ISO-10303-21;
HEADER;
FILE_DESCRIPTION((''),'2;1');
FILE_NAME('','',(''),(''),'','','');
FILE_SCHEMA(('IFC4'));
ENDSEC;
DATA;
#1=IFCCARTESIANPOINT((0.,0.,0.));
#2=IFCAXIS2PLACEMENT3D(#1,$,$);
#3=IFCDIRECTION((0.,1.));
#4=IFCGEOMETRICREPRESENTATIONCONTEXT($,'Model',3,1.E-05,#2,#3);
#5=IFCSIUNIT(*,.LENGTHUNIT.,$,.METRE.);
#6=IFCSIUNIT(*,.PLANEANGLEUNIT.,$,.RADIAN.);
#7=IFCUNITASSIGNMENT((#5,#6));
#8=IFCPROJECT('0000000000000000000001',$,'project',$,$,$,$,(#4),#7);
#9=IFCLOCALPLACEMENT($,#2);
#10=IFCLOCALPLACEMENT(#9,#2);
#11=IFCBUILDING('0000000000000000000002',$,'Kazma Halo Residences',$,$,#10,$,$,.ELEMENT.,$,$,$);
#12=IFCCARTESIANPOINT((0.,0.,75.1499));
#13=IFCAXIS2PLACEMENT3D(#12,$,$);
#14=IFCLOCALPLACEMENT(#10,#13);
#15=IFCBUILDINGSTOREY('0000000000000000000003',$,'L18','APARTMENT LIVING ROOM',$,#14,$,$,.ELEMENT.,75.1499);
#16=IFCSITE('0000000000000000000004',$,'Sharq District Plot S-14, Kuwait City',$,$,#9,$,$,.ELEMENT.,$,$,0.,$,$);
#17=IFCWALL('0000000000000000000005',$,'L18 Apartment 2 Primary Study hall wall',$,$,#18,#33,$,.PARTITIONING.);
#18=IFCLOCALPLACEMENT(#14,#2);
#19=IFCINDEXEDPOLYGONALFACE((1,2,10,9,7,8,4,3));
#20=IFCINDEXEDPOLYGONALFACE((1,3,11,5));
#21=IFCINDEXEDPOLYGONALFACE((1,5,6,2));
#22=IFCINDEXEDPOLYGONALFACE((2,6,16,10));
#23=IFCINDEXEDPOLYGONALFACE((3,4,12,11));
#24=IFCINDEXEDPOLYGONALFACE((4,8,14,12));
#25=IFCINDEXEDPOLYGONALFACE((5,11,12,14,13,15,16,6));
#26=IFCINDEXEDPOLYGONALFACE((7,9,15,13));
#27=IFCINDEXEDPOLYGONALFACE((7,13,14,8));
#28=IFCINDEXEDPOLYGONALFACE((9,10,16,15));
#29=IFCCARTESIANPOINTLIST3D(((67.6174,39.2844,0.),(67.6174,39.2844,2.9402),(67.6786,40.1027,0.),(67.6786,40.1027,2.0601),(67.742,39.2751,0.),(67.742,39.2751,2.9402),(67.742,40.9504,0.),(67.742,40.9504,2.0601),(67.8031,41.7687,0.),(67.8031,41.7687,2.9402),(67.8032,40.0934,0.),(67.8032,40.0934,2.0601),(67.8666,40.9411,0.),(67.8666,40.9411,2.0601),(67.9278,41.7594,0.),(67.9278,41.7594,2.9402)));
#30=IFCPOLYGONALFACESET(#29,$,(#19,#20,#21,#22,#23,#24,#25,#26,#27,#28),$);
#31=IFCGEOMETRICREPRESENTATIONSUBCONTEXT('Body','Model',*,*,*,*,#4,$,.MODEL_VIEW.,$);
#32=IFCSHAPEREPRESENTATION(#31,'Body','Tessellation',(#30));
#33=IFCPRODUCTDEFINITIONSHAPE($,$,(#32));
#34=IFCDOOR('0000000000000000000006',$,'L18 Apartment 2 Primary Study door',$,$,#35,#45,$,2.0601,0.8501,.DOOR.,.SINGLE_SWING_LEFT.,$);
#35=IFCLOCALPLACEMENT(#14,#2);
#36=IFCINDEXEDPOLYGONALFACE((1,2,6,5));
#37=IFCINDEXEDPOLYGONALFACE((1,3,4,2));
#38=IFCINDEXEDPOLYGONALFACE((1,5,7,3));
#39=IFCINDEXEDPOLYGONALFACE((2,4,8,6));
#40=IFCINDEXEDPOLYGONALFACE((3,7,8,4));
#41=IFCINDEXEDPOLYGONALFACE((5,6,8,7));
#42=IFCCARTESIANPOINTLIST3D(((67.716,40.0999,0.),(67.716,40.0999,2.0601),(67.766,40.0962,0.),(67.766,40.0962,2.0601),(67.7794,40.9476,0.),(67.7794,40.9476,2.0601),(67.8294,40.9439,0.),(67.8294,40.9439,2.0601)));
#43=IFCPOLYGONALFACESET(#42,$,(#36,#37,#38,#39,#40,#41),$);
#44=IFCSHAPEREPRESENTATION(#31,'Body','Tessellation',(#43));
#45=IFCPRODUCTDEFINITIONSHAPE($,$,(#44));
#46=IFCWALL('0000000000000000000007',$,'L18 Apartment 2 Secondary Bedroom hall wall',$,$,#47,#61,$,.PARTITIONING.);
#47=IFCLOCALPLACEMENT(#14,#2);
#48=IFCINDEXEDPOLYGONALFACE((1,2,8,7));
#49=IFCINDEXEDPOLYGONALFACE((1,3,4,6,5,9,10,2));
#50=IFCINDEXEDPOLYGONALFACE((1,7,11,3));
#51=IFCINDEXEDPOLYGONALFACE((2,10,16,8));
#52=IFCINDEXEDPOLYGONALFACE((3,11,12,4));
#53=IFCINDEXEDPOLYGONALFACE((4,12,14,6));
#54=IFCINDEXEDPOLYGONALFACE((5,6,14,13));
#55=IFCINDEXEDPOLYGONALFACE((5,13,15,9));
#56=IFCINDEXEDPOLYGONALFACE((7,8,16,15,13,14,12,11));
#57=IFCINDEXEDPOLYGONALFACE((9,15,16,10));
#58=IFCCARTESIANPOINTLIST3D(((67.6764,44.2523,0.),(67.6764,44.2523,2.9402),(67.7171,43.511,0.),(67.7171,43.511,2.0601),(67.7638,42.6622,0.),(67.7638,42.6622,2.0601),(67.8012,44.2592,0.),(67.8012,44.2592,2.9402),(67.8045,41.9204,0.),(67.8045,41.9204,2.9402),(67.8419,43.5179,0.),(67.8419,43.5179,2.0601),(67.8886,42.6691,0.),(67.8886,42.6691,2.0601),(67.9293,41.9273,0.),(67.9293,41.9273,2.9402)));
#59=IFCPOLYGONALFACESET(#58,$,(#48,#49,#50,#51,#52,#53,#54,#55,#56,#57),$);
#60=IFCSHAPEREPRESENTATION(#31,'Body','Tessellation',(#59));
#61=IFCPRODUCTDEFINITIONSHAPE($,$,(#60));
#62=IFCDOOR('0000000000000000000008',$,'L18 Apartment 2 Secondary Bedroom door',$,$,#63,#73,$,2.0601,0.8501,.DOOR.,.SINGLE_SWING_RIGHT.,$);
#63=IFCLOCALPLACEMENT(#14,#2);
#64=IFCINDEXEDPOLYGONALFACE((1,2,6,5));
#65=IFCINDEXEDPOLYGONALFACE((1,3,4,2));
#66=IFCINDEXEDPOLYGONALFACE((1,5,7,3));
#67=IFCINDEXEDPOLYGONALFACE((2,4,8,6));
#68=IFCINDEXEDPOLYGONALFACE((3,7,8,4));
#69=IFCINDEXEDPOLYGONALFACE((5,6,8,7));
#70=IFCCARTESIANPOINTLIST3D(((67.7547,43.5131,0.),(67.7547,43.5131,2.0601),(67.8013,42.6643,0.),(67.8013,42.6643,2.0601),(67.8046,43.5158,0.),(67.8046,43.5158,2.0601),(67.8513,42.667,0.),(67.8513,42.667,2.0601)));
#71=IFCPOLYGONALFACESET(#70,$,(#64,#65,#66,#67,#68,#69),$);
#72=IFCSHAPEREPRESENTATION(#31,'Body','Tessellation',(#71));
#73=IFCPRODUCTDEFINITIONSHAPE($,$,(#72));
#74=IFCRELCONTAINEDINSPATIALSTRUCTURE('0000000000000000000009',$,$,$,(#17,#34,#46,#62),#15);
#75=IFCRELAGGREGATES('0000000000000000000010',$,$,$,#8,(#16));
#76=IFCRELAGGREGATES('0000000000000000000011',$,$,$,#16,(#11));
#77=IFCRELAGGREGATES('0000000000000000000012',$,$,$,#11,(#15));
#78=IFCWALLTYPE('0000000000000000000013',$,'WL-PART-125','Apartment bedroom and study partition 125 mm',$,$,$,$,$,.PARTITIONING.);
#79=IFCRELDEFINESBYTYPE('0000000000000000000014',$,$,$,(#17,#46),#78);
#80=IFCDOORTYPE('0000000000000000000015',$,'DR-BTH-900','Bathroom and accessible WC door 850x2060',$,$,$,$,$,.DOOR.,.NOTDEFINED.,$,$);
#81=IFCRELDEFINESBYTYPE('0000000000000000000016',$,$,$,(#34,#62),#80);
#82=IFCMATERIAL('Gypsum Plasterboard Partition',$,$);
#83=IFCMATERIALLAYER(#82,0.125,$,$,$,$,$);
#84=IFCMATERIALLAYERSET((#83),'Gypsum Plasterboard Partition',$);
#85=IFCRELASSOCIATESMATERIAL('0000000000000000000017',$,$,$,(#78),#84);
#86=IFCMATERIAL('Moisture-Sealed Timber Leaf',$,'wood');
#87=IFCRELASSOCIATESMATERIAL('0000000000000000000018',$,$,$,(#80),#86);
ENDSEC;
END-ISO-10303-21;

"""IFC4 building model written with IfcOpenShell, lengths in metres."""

from ifc_helpers import new_model, si_unit, direction, frame, frame_2d, origin, place, context, subcontext, project, spatial, rectangle, extrude, material, layer, layer_set, type_object, element, fill, save


model = new_model("IFC4")

# Units and contexts
model_context = context("Model", 3, precision=1e-05, world=origin(), true_north=direction((0.0, 1.0)))
body_context = subcontext(model_context, "Body", "Model", "MODEL_VIEW")
ifc_project = project(units=[si_unit("LENGTHUNIT", "METRE"), si_unit("PLANEANGLEUNIT", "RADIAN")], contexts=[model_context])

# Site, building, storey
site_placement = place(None, origin())
site = spatial("IfcSite", under=ifc_project, at=site_placement, Name="Sharq District Plot S-14, Kuwait City", CompositionType="ELEMENT", RefElevation=0.0)
building_placement = place(site_placement, origin())
building = spatial("IfcBuilding", under=site, at=building_placement, Name="Kazma Halo Residences", CompositionType="ELEMENT")
storey_placement = place(building_placement, frame((0.0, 0.0, 75.1499)))
storey = spatial("IfcBuildingStorey", under=building, at=storey_placement, Name="L18", Description="APARTMENT LIVING ROOM", CompositionType="ELEMENT", Elevation=75.1499)

# Shared definitions
ifc_material_1 = material(Name="Gypsum Plasterboard Partition")
ifc_layer_1 = layer(ifc_material_1, 0.125)
ifc_layer_set_1 = layer_set([ifc_layer_1], Name="Gypsum Plasterboard Partition")
wall_type_1 = type_object("IfcWallType", Name="WL-PART-125", Description="Apartment bedroom and study partition 125 mm", PredefinedType="PARTITIONING", material=ifc_layer_set_1)

# Walls, openings, doors
ifc_material_2 = material(Name="Moisture-Sealed Timber Leaf", Category="wood")
door_type = type_object("IfcDoorType", Name="DR-BTH-900", Description="Bathroom and accessible WC door 850x2060", OperationType="NOTDEFINED", PredefinedType="DOOR", material=ifc_material_2)
wall_1_placement = place(storey_placement, frame((67.6797, 39.2798, 0.0), z_axis=(0.0, 0.0, 1.0), x_axis=(0.074576, 0.997215, 0.0)))
wall_1 = element("IfcWall", 1, at=wall_1_placement, inside=storey, type_object=wall_type_1, Name="L18 Apartment 2 Primary Study hall wall", PredefinedType="PARTITIONING", context=body_context, shape_type="SweptSolid", body=[
    extrude(rectangle(XDim=2.4912, YDim=0.125, at=frame_2d((1.2456, 0.0))), origin(), (0.0, 0.0, 1.0), 2.9402),
])
opening_1_placement = place(wall_1_placement, frame((0.8206, 0.0, 0.0)))
opening_1 = element("IfcOpeningElement", 2, at=opening_1_placement, cuts=wall_1, PredefinedType="OPENING", context=body_context, shape_type="SweptSolid", body=[
    extrude(rectangle(XDim=0.8501, YDim=2.0601, at=frame_2d((0.425, 1.03))), frame((0.0, 0.0725, 0.0), z_axis=(0.0, -1.0, 0.0), x_axis=(1.0, 0.0, 0.0)), (0.0, 0.0, 1.0), 0.145),
])
door_1_placement = place(opening_1_placement, origin())
door_1 = element("IfcDoor", 3, at=door_1_placement, inside=storey, type_object=door_type, Name="L18 Apartment 2 Primary Study door", OperationType="SINGLE_SWING_LEFT", OverallHeight=2.0601, OverallWidth=0.8501, PredefinedType="DOOR", context=body_context, shape_type="SweptSolid", body=[
    extrude(rectangle(XDim=0.8501, YDim=2.0601, at=frame_2d((0.425, 1.03))), frame((0.0, 0.0249, 0.0), z_axis=(0.0, -1.0, 0.0), x_axis=(1.0, 0.0, 0.0)), (0.0, 0.0, 1.0), 0.05),
])
fill(opening_1, door_1)
wall_2_placement = place(storey_placement, frame((67.8669, 41.9238, 0.0), z_axis=(0.0, 0.0, 1.0), x_axis=(-0.054879, 0.998493, 0.0)))
wall_2 = element("IfcWall", 4, at=wall_2_placement, inside=storey, type_object=wall_type_1, Name="L18 Apartment 2 Secondary Bedroom hall wall", PredefinedType="PARTITIONING", context=body_context, shape_type="SweptSolid", body=[
    extrude(rectangle(XDim=2.3354, YDim=0.125, at=frame_2d((1.1677, 0.0))), origin(), (0.0, 0.0, 1.0), 2.9402),
])
opening_2_placement = place(wall_2_placement, frame((0.7429, 0.0, 0.0)))
opening_2 = element("IfcOpeningElement", 5, at=opening_2_placement, cuts=wall_2, PredefinedType="OPENING", context=body_context, shape_type="SweptSolid", body=[
    extrude(rectangle(XDim=0.8501, YDim=2.0601, at=frame_2d((0.425, 1.03))), frame((0.0, 0.0725, 0.0), z_axis=(0.0, -1.0, 0.0), x_axis=(1.0, 0.0, 0.0)), (0.0, 0.0, 1.0), 0.145),
])
door_2_placement = place(opening_2_placement, origin())
door_2 = element("IfcDoor", 6, at=door_2_placement, inside=storey, type_object=door_type, Name="L18 Apartment 2 Secondary Bedroom door", OperationType="SINGLE_SWING_RIGHT", OverallHeight=2.0601, OverallWidth=0.8501, PredefinedType="DOOR", context=body_context, shape_type="SweptSolid", body=[
    extrude(rectangle(XDim=0.8501, YDim=2.0601, at=frame_2d((0.425, 1.03))), frame((0.0, 0.0249, 0.0), z_axis=(0.0, -1.0, 0.0), x_axis=(1.0, 0.0, 0.0)), (0.0, 0.0, 1.0), 0.05),
])
fill(opening_2, door_2)

save(model, "model.ifc")
